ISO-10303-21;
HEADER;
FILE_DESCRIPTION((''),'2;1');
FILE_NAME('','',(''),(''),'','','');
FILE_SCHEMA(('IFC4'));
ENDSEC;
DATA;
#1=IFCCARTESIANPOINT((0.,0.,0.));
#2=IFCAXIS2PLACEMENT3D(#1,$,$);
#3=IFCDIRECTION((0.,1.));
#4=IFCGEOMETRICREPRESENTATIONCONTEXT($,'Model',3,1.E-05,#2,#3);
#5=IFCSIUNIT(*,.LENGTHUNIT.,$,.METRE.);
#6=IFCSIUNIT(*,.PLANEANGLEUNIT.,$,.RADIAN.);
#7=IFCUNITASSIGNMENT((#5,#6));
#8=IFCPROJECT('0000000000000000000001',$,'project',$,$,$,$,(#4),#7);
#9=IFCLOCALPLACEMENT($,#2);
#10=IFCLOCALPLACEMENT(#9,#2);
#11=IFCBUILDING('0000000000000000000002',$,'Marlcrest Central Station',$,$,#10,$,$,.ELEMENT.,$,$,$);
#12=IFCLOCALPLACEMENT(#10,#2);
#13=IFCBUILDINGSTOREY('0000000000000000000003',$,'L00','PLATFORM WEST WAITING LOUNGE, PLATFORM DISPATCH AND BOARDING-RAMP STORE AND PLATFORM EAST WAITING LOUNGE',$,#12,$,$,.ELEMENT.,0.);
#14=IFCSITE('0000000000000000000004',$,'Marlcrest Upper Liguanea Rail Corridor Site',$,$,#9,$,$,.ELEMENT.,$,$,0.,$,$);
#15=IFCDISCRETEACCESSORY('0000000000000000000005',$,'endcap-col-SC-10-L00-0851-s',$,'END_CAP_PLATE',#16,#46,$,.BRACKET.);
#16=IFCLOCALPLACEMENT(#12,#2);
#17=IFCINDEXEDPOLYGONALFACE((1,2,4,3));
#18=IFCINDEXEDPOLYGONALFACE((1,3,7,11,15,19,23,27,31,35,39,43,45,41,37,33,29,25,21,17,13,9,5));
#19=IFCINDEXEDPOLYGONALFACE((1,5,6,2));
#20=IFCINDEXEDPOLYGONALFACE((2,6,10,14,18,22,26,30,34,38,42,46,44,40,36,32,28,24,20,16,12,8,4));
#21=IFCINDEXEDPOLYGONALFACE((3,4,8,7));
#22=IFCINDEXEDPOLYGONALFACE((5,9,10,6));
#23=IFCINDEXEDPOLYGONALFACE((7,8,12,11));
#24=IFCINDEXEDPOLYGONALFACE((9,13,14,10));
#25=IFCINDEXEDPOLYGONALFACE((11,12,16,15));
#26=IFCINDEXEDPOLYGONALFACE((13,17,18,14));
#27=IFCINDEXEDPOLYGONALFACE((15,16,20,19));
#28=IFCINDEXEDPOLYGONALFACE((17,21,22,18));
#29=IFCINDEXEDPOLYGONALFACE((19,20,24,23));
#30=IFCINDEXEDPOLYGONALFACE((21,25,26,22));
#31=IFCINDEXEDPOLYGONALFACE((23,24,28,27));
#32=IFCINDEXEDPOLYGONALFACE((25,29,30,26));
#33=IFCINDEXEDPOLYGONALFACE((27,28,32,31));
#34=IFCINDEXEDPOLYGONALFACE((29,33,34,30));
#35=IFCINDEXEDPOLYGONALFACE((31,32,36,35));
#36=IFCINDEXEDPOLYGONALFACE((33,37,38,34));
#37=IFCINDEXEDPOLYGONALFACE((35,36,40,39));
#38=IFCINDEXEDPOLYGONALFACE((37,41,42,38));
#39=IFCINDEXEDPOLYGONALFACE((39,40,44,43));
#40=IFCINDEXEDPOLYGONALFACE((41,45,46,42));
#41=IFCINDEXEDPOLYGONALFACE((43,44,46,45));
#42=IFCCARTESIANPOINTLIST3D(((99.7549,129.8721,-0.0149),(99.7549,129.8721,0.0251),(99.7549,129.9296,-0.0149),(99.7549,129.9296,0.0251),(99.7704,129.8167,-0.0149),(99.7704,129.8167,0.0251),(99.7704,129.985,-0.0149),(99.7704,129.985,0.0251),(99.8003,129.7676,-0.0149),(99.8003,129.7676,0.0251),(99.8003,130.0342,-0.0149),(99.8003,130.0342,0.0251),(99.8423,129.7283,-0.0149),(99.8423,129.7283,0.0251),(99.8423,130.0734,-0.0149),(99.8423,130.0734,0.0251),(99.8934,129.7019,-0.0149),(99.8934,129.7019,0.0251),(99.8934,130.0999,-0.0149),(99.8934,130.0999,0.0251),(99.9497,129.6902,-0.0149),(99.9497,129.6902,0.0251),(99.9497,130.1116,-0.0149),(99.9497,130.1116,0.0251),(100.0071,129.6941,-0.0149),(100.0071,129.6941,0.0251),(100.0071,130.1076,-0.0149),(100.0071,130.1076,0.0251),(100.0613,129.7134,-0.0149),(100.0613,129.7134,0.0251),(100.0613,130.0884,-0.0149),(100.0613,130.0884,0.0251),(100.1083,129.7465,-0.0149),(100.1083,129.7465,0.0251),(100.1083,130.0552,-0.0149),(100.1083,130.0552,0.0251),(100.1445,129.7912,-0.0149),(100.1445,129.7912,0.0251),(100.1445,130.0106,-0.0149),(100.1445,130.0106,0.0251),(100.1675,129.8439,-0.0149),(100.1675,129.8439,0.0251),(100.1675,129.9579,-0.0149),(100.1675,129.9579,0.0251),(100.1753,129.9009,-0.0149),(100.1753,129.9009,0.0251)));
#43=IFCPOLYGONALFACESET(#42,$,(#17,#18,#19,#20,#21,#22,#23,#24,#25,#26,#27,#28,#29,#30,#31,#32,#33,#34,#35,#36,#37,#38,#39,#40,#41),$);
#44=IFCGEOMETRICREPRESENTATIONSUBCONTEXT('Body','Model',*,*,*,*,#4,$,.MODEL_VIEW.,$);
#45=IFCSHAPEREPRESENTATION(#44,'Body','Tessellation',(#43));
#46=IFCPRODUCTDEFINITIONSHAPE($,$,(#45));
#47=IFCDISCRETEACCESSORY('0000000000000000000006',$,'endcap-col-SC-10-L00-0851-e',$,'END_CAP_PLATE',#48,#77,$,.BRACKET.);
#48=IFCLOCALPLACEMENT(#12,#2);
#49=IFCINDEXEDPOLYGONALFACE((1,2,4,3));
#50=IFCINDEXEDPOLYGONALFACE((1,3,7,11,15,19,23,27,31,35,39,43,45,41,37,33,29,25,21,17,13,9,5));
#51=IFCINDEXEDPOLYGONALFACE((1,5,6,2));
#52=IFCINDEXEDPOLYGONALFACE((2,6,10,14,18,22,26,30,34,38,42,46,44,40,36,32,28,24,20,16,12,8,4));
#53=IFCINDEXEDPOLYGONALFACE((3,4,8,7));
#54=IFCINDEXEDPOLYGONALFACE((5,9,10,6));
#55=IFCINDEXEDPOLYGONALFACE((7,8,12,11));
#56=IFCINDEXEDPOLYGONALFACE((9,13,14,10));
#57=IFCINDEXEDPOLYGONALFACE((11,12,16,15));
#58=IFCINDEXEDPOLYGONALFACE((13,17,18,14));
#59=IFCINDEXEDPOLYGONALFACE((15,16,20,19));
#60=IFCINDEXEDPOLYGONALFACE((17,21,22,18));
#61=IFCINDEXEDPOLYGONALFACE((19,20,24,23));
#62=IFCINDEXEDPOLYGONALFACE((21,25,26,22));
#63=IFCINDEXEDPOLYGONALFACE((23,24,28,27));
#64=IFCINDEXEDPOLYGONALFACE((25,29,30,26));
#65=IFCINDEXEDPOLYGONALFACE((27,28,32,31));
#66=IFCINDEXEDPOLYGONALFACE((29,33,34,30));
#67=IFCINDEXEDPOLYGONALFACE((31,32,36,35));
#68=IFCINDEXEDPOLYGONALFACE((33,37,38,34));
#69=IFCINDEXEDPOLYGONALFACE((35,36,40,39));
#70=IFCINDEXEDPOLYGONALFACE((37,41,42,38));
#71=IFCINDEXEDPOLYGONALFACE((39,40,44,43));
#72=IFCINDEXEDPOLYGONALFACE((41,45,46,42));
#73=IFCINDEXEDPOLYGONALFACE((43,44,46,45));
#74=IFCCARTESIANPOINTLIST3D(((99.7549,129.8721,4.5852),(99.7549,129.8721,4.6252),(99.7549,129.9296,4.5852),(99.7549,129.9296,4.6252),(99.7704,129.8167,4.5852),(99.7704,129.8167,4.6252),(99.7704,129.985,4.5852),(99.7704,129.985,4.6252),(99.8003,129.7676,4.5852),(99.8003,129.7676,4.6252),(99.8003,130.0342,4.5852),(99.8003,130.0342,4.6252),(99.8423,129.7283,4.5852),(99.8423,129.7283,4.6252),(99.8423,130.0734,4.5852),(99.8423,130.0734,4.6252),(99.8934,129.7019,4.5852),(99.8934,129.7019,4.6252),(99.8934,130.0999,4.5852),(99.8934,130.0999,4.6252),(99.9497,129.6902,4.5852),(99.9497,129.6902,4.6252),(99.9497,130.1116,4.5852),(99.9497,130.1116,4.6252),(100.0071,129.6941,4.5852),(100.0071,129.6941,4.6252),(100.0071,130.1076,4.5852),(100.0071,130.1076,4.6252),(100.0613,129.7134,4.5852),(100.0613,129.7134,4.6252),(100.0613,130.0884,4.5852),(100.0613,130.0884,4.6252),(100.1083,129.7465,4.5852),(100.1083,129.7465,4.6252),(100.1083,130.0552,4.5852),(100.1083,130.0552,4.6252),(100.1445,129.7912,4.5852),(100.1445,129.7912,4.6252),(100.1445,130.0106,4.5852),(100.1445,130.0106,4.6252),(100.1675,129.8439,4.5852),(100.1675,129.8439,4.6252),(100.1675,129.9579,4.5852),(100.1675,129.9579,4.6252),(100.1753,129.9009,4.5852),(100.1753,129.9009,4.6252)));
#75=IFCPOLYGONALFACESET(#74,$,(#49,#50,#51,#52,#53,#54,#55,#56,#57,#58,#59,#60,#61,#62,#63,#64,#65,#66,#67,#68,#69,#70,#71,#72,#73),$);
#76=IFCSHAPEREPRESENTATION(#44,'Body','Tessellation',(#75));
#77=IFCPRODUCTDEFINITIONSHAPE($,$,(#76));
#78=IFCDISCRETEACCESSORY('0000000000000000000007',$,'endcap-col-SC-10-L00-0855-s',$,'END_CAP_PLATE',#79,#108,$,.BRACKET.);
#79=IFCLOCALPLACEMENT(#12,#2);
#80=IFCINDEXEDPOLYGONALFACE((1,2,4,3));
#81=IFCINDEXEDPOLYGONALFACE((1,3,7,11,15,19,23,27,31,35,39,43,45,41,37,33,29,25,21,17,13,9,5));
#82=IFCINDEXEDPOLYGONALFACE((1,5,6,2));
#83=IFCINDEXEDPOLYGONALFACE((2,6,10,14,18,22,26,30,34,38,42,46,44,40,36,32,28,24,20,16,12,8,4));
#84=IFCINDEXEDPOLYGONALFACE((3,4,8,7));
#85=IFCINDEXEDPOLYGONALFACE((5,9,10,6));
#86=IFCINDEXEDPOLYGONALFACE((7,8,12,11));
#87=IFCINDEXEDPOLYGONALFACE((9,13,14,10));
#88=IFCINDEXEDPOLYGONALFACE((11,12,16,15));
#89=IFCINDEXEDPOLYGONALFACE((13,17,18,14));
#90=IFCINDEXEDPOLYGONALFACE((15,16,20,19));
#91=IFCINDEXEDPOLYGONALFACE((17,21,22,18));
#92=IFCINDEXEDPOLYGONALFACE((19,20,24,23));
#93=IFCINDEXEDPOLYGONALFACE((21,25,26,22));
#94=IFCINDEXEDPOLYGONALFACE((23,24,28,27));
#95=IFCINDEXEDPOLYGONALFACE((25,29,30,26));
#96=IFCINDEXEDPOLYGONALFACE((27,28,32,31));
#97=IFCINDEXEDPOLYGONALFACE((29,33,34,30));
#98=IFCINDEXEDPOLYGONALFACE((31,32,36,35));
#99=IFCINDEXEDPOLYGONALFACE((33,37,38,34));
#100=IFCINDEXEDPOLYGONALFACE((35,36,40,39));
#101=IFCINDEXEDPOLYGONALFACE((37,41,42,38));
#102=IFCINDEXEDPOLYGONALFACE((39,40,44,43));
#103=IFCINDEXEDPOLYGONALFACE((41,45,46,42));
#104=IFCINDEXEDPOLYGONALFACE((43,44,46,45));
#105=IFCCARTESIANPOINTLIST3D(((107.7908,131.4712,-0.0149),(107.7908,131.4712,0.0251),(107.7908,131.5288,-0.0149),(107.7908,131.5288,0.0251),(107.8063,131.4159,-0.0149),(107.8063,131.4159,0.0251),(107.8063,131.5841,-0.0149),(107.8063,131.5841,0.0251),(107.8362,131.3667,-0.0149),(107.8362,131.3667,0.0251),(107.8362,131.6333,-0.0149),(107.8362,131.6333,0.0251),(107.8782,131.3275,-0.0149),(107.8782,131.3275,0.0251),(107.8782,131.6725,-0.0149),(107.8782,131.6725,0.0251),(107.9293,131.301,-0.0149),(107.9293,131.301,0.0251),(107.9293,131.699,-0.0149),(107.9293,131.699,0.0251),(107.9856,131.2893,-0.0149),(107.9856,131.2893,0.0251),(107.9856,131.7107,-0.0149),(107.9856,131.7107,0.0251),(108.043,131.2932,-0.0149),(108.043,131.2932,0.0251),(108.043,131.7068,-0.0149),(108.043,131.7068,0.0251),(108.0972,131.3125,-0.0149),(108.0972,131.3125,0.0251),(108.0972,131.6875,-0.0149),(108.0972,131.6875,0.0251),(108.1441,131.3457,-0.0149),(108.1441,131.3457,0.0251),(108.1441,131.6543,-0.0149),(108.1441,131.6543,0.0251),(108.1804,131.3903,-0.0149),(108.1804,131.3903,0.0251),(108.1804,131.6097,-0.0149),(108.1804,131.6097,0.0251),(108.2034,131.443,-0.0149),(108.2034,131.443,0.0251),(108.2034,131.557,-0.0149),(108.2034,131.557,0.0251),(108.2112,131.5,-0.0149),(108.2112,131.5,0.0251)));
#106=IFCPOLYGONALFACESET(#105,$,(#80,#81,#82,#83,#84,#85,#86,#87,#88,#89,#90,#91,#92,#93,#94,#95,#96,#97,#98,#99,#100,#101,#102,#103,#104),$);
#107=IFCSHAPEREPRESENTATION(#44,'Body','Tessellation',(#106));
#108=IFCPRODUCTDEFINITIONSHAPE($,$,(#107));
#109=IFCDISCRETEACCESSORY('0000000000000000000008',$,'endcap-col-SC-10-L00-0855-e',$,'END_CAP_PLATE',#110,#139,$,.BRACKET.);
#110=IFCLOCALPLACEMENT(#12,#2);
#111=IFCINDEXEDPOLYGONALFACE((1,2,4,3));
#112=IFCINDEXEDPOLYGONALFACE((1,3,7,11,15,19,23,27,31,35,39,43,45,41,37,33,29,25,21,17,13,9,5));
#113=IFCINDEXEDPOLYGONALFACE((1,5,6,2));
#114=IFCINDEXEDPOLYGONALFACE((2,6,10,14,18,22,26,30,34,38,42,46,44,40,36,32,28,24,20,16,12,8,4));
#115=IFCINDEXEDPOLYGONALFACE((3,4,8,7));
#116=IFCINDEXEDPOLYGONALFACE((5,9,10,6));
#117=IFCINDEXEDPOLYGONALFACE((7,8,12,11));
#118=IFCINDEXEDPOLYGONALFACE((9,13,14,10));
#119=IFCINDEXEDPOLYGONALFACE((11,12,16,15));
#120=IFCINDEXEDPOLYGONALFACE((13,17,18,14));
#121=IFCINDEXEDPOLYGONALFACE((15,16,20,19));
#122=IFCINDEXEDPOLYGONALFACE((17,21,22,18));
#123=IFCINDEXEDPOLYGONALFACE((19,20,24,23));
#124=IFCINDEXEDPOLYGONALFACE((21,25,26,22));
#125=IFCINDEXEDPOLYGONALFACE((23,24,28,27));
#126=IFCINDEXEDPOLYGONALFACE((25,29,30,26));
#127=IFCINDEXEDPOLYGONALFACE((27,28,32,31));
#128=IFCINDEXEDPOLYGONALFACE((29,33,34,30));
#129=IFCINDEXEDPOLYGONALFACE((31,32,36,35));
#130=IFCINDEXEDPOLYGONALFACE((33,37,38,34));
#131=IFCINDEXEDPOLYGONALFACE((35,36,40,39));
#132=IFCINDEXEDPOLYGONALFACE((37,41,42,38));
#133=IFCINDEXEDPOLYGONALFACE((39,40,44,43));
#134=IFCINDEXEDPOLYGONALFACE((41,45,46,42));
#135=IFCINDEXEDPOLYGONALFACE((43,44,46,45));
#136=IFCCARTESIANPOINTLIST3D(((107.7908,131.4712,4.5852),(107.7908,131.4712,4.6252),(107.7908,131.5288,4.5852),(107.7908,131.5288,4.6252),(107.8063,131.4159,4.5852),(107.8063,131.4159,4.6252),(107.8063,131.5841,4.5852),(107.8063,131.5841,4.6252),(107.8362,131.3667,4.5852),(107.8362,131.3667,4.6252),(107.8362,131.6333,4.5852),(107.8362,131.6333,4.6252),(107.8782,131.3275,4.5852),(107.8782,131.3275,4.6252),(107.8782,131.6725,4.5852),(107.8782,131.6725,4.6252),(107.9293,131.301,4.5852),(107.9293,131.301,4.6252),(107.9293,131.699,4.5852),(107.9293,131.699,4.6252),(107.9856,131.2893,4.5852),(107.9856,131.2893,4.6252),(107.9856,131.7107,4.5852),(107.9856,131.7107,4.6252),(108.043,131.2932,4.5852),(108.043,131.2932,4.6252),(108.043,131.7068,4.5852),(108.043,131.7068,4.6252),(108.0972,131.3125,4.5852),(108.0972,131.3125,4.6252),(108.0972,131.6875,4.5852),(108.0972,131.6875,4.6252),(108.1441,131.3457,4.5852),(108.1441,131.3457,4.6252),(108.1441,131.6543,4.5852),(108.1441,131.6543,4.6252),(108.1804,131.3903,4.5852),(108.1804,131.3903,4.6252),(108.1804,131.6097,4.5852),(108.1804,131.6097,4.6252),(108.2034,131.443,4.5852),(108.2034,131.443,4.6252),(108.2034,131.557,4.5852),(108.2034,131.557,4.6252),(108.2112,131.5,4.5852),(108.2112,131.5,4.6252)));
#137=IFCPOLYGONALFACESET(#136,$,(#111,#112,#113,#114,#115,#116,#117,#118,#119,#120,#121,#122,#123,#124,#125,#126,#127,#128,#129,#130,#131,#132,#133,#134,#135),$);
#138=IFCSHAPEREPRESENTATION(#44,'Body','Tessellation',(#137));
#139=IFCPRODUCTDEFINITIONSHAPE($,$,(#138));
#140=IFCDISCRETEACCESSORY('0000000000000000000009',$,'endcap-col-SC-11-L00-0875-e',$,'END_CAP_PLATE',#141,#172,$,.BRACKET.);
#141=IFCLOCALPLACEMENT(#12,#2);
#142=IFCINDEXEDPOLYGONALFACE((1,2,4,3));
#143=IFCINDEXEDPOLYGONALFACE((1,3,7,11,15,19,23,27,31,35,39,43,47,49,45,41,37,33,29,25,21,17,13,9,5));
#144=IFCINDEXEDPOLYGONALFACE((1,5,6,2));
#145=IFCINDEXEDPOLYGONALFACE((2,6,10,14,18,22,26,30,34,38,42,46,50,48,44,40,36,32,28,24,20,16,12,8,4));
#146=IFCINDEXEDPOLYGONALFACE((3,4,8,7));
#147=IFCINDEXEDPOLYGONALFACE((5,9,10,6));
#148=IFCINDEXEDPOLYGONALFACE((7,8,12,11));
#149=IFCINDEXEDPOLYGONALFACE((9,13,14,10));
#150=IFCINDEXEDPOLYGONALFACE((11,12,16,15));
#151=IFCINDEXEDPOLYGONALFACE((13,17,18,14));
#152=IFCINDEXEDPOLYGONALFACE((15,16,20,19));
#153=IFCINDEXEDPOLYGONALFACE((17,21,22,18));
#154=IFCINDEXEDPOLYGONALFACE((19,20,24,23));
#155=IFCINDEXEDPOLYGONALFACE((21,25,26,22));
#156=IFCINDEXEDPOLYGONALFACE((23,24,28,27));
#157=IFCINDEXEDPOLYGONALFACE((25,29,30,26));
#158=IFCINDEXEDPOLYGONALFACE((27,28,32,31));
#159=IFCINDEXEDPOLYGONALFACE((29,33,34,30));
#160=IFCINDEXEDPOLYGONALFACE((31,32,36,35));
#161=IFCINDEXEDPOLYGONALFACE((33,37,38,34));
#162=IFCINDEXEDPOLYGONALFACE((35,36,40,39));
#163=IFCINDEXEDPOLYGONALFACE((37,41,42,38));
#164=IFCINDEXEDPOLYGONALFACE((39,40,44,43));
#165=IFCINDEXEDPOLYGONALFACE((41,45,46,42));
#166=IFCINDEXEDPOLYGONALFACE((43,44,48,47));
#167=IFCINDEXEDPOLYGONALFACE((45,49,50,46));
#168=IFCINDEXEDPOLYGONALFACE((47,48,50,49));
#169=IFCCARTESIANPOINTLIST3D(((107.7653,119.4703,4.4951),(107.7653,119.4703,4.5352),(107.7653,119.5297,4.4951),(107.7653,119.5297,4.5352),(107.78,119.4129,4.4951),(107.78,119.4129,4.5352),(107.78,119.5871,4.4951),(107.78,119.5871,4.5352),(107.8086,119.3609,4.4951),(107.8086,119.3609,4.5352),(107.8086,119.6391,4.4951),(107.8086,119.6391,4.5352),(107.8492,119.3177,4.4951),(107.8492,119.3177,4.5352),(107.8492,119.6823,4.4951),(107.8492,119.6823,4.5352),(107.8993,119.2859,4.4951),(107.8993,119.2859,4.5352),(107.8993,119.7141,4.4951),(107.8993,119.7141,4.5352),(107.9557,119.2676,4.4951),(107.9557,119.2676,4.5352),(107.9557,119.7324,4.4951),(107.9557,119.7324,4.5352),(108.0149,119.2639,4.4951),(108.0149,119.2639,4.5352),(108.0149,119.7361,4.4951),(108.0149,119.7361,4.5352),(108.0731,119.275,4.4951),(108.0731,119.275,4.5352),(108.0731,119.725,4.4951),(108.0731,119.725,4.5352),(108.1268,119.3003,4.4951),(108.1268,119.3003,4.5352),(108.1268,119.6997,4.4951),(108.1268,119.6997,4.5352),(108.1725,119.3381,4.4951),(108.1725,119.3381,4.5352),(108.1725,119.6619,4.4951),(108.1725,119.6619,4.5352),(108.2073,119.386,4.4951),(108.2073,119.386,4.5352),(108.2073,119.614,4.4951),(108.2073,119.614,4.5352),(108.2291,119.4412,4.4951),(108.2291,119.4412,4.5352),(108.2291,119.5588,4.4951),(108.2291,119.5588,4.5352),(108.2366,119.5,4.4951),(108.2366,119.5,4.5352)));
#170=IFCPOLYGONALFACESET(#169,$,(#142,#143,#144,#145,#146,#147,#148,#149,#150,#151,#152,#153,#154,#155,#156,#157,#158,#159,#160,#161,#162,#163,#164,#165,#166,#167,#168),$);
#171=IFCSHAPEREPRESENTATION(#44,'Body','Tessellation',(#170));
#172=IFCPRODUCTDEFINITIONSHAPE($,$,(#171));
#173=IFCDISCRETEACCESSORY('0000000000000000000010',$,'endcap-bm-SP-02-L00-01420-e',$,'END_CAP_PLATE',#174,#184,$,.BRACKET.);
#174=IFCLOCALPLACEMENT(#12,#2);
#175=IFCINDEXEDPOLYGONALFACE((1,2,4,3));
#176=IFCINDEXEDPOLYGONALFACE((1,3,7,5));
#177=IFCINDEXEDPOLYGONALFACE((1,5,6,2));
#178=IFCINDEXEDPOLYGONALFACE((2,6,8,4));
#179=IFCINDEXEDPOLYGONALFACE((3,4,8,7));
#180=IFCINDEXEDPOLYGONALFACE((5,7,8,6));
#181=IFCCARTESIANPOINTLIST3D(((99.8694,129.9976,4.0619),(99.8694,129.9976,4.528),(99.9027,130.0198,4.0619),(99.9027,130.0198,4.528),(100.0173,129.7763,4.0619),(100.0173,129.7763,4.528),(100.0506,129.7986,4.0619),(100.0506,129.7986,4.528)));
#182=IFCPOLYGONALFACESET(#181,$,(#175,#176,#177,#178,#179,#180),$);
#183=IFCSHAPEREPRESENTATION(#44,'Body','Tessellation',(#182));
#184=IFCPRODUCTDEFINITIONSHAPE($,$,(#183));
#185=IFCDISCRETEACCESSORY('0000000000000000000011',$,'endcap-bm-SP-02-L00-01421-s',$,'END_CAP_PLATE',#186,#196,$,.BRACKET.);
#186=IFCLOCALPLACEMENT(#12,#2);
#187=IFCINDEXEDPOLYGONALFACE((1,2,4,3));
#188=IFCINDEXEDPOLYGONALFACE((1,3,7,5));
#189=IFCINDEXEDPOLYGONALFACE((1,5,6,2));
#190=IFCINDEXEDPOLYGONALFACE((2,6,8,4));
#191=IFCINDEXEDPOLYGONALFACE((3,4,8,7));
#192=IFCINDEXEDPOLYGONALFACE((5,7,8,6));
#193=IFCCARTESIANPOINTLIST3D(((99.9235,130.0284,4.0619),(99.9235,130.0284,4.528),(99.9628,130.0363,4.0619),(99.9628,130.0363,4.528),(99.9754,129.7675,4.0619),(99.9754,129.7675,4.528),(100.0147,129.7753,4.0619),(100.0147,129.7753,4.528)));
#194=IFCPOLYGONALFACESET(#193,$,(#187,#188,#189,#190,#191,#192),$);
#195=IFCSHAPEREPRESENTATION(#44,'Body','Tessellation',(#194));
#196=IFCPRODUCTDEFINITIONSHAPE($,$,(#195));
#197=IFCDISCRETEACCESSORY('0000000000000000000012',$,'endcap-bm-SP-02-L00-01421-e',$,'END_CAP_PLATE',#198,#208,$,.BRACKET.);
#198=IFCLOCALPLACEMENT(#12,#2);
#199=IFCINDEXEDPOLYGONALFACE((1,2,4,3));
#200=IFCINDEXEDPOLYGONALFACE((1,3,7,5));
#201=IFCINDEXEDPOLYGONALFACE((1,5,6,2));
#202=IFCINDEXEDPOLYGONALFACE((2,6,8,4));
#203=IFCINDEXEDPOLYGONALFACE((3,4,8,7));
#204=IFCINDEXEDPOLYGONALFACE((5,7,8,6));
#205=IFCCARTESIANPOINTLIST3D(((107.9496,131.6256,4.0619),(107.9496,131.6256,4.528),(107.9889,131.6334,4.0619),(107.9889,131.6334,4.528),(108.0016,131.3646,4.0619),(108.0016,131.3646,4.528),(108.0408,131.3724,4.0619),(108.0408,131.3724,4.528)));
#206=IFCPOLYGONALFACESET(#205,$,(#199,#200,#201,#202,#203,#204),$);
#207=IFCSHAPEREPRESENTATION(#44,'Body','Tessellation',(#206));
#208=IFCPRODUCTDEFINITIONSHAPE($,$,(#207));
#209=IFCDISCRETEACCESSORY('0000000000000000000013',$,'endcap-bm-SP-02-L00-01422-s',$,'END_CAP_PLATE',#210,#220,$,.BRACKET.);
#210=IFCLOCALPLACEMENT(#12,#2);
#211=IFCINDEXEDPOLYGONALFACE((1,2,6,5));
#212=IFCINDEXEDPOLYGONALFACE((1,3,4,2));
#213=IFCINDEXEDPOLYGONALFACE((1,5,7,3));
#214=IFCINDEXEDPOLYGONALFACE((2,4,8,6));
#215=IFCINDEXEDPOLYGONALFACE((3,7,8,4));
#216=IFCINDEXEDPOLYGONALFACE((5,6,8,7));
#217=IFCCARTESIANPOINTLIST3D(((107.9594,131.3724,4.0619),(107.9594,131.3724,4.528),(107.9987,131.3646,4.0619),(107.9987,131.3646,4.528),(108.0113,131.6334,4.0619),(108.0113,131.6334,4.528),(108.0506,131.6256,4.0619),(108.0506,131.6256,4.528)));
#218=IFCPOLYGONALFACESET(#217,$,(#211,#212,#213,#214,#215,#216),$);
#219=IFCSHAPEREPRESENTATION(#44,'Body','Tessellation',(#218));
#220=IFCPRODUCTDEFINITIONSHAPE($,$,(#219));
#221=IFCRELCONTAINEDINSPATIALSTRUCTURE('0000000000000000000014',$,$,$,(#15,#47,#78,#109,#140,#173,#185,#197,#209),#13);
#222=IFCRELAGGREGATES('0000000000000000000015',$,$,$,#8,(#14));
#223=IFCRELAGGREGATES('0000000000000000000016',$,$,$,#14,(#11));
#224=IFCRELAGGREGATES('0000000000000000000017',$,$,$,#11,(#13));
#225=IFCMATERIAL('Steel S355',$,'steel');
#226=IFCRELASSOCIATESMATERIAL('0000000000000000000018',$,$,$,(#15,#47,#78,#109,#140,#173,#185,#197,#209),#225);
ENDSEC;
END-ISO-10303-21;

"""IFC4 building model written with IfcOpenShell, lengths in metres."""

from ifc_helpers import new_model, si_unit, direction, frame, origin, origin_2d, place, context, subcontext, project, spatial, rectangle, circle, extrude, material, element, save


model = new_model("IFC4")

# Units and contexts
model_context = context("Model", 3, precision=1e-05, world=origin(), true_north=direction((0.0, 1.0)))
body_context = subcontext(model_context, "Body", "Model", "MODEL_VIEW")
ifc_project = project(units=[si_unit("LENGTHUNIT", "METRE"), si_unit("PLANEANGLEUNIT", "RADIAN")], contexts=[model_context])

# Site, building, storey
site_placement = place(None, origin())
site = spatial("IfcSite", under=ifc_project, at=site_placement, Name="Marlcrest Upper Liguanea Rail Corridor Site", CompositionType="ELEMENT", RefElevation=0.0)
building_placement = place(site_placement, origin())
building = spatial("IfcBuilding", under=site, at=building_placement, Name="Marlcrest Central Station", CompositionType="ELEMENT")
storey_placement = place(building_placement, origin())
storey = spatial("IfcBuildingStorey", under=building, at=storey_placement, Name="L00", Description="PLATFORM WEST WAITING LOUNGE, PLATFORM DISPATCH AND BOARDING-RAMP STORE AND PLATFORM EAST WAITING LOUNGE", CompositionType="ELEMENT", Elevation=0.0)

# Shared definitions
ifc_material_1 = material(Name="Steel S355", Category="steel")

# Discrete accessories
for number, where, z_axis, x_axis, name in (
    (1, (99.9641, 129.9009, -0.0149), (0.0, 0.0, 1.0), (1.0, 0.0, 0.0), "endcap-col-SC-10-L00-0851-s"),
    (2, (99.9641, 129.9009, 4.5852), (0.0, 0.0, 1.0), (1.0, 0.0, 0.0), "endcap-col-SC-10-L00-0851-e"),
    (3, (108.0, 131.5, -0.0149), (0.0, 0.0, 1.0), (1.0, 0.0, 0.0), "endcap-col-SC-10-L00-0855-s"),
    (4, (108.0, 131.5, 4.5852), (0.0, 0.0, 1.0), (1.0, 0.0, 0.0), "endcap-col-SC-10-L00-0855-e"),
):
    element("IfcDiscreteAccessory", number, at=place(storey_placement, frame(where, z_axis=z_axis, x_axis=x_axis)), inside=storey, material=ifc_material_1, Name=name, ObjectType="END_CAP_PLATE", PredefinedType="BRACKET", context=body_context, shape_type="SweptSolid", body=[
        extrude(circle(Radius=0.2112, at=origin_2d()), origin(), (0.0, 0.0, 1.0), 0.04),
    ])
discrete_accessory_placement = place(storey_placement, frame((108.0, 119.5, 4.4951), z_axis=(0.0, 0.0, 1.0), x_axis=(1.0, 0.0, 0.0)))
element("IfcDiscreteAccessory", 5, at=discrete_accessory_placement, inside=storey, material=ifc_material_1, Name="endcap-col-SC-11-L00-0875-e", ObjectType="END_CAP_PLATE", PredefinedType="BRACKET", context=body_context, shape_type="SweptSolid", body=[
    extrude(circle(Radius=0.2366, at=origin_2d()), origin(), (0.0, 0.0, 1.0), 0.04),
])
for number, where, z_axis, x_axis, name in (
    (6, (99.9434, 129.887, 4.2949), (0.831509, 0.555511, 0.0), (-0.555511, 0.831509, 0.0), "endcap-bm-SP-02-L00-01420-e"),
    (7, (99.9495, 129.8979, 4.2949), (0.980769, 0.195171, 0.0), (-0.195171, 0.980769, 0.0), "endcap-bm-SP-02-L00-01421-s"),
    (8, (107.9756, 131.4951, 4.2949), (0.980769, 0.195171, 0.0), (-0.195171, 0.980769, 0.0), "endcap-bm-SP-02-L00-01421-e"),
    (9, (107.9854, 131.5029, 4.2949), (0.980769, -0.195171, 0.0), (0.195171, 0.980769, 0.0), "endcap-bm-SP-02-L00-01422-s"),
):
    element("IfcDiscreteAccessory", number, at=place(storey_placement, frame(where, z_axis=z_axis, x_axis=x_axis)), inside=storey, material=ifc_material_1, Name=name, ObjectType="END_CAP_PLATE", PredefinedType="BRACKET", context=body_context, shape_type="SweptSolid", body=[
        extrude(rectangle(XDim=0.2661, YDim=0.4661, at=origin_2d()), origin(), (0.0, 0.0, 1.0), 0.04),
    ])

save(model, "model.ifc")
